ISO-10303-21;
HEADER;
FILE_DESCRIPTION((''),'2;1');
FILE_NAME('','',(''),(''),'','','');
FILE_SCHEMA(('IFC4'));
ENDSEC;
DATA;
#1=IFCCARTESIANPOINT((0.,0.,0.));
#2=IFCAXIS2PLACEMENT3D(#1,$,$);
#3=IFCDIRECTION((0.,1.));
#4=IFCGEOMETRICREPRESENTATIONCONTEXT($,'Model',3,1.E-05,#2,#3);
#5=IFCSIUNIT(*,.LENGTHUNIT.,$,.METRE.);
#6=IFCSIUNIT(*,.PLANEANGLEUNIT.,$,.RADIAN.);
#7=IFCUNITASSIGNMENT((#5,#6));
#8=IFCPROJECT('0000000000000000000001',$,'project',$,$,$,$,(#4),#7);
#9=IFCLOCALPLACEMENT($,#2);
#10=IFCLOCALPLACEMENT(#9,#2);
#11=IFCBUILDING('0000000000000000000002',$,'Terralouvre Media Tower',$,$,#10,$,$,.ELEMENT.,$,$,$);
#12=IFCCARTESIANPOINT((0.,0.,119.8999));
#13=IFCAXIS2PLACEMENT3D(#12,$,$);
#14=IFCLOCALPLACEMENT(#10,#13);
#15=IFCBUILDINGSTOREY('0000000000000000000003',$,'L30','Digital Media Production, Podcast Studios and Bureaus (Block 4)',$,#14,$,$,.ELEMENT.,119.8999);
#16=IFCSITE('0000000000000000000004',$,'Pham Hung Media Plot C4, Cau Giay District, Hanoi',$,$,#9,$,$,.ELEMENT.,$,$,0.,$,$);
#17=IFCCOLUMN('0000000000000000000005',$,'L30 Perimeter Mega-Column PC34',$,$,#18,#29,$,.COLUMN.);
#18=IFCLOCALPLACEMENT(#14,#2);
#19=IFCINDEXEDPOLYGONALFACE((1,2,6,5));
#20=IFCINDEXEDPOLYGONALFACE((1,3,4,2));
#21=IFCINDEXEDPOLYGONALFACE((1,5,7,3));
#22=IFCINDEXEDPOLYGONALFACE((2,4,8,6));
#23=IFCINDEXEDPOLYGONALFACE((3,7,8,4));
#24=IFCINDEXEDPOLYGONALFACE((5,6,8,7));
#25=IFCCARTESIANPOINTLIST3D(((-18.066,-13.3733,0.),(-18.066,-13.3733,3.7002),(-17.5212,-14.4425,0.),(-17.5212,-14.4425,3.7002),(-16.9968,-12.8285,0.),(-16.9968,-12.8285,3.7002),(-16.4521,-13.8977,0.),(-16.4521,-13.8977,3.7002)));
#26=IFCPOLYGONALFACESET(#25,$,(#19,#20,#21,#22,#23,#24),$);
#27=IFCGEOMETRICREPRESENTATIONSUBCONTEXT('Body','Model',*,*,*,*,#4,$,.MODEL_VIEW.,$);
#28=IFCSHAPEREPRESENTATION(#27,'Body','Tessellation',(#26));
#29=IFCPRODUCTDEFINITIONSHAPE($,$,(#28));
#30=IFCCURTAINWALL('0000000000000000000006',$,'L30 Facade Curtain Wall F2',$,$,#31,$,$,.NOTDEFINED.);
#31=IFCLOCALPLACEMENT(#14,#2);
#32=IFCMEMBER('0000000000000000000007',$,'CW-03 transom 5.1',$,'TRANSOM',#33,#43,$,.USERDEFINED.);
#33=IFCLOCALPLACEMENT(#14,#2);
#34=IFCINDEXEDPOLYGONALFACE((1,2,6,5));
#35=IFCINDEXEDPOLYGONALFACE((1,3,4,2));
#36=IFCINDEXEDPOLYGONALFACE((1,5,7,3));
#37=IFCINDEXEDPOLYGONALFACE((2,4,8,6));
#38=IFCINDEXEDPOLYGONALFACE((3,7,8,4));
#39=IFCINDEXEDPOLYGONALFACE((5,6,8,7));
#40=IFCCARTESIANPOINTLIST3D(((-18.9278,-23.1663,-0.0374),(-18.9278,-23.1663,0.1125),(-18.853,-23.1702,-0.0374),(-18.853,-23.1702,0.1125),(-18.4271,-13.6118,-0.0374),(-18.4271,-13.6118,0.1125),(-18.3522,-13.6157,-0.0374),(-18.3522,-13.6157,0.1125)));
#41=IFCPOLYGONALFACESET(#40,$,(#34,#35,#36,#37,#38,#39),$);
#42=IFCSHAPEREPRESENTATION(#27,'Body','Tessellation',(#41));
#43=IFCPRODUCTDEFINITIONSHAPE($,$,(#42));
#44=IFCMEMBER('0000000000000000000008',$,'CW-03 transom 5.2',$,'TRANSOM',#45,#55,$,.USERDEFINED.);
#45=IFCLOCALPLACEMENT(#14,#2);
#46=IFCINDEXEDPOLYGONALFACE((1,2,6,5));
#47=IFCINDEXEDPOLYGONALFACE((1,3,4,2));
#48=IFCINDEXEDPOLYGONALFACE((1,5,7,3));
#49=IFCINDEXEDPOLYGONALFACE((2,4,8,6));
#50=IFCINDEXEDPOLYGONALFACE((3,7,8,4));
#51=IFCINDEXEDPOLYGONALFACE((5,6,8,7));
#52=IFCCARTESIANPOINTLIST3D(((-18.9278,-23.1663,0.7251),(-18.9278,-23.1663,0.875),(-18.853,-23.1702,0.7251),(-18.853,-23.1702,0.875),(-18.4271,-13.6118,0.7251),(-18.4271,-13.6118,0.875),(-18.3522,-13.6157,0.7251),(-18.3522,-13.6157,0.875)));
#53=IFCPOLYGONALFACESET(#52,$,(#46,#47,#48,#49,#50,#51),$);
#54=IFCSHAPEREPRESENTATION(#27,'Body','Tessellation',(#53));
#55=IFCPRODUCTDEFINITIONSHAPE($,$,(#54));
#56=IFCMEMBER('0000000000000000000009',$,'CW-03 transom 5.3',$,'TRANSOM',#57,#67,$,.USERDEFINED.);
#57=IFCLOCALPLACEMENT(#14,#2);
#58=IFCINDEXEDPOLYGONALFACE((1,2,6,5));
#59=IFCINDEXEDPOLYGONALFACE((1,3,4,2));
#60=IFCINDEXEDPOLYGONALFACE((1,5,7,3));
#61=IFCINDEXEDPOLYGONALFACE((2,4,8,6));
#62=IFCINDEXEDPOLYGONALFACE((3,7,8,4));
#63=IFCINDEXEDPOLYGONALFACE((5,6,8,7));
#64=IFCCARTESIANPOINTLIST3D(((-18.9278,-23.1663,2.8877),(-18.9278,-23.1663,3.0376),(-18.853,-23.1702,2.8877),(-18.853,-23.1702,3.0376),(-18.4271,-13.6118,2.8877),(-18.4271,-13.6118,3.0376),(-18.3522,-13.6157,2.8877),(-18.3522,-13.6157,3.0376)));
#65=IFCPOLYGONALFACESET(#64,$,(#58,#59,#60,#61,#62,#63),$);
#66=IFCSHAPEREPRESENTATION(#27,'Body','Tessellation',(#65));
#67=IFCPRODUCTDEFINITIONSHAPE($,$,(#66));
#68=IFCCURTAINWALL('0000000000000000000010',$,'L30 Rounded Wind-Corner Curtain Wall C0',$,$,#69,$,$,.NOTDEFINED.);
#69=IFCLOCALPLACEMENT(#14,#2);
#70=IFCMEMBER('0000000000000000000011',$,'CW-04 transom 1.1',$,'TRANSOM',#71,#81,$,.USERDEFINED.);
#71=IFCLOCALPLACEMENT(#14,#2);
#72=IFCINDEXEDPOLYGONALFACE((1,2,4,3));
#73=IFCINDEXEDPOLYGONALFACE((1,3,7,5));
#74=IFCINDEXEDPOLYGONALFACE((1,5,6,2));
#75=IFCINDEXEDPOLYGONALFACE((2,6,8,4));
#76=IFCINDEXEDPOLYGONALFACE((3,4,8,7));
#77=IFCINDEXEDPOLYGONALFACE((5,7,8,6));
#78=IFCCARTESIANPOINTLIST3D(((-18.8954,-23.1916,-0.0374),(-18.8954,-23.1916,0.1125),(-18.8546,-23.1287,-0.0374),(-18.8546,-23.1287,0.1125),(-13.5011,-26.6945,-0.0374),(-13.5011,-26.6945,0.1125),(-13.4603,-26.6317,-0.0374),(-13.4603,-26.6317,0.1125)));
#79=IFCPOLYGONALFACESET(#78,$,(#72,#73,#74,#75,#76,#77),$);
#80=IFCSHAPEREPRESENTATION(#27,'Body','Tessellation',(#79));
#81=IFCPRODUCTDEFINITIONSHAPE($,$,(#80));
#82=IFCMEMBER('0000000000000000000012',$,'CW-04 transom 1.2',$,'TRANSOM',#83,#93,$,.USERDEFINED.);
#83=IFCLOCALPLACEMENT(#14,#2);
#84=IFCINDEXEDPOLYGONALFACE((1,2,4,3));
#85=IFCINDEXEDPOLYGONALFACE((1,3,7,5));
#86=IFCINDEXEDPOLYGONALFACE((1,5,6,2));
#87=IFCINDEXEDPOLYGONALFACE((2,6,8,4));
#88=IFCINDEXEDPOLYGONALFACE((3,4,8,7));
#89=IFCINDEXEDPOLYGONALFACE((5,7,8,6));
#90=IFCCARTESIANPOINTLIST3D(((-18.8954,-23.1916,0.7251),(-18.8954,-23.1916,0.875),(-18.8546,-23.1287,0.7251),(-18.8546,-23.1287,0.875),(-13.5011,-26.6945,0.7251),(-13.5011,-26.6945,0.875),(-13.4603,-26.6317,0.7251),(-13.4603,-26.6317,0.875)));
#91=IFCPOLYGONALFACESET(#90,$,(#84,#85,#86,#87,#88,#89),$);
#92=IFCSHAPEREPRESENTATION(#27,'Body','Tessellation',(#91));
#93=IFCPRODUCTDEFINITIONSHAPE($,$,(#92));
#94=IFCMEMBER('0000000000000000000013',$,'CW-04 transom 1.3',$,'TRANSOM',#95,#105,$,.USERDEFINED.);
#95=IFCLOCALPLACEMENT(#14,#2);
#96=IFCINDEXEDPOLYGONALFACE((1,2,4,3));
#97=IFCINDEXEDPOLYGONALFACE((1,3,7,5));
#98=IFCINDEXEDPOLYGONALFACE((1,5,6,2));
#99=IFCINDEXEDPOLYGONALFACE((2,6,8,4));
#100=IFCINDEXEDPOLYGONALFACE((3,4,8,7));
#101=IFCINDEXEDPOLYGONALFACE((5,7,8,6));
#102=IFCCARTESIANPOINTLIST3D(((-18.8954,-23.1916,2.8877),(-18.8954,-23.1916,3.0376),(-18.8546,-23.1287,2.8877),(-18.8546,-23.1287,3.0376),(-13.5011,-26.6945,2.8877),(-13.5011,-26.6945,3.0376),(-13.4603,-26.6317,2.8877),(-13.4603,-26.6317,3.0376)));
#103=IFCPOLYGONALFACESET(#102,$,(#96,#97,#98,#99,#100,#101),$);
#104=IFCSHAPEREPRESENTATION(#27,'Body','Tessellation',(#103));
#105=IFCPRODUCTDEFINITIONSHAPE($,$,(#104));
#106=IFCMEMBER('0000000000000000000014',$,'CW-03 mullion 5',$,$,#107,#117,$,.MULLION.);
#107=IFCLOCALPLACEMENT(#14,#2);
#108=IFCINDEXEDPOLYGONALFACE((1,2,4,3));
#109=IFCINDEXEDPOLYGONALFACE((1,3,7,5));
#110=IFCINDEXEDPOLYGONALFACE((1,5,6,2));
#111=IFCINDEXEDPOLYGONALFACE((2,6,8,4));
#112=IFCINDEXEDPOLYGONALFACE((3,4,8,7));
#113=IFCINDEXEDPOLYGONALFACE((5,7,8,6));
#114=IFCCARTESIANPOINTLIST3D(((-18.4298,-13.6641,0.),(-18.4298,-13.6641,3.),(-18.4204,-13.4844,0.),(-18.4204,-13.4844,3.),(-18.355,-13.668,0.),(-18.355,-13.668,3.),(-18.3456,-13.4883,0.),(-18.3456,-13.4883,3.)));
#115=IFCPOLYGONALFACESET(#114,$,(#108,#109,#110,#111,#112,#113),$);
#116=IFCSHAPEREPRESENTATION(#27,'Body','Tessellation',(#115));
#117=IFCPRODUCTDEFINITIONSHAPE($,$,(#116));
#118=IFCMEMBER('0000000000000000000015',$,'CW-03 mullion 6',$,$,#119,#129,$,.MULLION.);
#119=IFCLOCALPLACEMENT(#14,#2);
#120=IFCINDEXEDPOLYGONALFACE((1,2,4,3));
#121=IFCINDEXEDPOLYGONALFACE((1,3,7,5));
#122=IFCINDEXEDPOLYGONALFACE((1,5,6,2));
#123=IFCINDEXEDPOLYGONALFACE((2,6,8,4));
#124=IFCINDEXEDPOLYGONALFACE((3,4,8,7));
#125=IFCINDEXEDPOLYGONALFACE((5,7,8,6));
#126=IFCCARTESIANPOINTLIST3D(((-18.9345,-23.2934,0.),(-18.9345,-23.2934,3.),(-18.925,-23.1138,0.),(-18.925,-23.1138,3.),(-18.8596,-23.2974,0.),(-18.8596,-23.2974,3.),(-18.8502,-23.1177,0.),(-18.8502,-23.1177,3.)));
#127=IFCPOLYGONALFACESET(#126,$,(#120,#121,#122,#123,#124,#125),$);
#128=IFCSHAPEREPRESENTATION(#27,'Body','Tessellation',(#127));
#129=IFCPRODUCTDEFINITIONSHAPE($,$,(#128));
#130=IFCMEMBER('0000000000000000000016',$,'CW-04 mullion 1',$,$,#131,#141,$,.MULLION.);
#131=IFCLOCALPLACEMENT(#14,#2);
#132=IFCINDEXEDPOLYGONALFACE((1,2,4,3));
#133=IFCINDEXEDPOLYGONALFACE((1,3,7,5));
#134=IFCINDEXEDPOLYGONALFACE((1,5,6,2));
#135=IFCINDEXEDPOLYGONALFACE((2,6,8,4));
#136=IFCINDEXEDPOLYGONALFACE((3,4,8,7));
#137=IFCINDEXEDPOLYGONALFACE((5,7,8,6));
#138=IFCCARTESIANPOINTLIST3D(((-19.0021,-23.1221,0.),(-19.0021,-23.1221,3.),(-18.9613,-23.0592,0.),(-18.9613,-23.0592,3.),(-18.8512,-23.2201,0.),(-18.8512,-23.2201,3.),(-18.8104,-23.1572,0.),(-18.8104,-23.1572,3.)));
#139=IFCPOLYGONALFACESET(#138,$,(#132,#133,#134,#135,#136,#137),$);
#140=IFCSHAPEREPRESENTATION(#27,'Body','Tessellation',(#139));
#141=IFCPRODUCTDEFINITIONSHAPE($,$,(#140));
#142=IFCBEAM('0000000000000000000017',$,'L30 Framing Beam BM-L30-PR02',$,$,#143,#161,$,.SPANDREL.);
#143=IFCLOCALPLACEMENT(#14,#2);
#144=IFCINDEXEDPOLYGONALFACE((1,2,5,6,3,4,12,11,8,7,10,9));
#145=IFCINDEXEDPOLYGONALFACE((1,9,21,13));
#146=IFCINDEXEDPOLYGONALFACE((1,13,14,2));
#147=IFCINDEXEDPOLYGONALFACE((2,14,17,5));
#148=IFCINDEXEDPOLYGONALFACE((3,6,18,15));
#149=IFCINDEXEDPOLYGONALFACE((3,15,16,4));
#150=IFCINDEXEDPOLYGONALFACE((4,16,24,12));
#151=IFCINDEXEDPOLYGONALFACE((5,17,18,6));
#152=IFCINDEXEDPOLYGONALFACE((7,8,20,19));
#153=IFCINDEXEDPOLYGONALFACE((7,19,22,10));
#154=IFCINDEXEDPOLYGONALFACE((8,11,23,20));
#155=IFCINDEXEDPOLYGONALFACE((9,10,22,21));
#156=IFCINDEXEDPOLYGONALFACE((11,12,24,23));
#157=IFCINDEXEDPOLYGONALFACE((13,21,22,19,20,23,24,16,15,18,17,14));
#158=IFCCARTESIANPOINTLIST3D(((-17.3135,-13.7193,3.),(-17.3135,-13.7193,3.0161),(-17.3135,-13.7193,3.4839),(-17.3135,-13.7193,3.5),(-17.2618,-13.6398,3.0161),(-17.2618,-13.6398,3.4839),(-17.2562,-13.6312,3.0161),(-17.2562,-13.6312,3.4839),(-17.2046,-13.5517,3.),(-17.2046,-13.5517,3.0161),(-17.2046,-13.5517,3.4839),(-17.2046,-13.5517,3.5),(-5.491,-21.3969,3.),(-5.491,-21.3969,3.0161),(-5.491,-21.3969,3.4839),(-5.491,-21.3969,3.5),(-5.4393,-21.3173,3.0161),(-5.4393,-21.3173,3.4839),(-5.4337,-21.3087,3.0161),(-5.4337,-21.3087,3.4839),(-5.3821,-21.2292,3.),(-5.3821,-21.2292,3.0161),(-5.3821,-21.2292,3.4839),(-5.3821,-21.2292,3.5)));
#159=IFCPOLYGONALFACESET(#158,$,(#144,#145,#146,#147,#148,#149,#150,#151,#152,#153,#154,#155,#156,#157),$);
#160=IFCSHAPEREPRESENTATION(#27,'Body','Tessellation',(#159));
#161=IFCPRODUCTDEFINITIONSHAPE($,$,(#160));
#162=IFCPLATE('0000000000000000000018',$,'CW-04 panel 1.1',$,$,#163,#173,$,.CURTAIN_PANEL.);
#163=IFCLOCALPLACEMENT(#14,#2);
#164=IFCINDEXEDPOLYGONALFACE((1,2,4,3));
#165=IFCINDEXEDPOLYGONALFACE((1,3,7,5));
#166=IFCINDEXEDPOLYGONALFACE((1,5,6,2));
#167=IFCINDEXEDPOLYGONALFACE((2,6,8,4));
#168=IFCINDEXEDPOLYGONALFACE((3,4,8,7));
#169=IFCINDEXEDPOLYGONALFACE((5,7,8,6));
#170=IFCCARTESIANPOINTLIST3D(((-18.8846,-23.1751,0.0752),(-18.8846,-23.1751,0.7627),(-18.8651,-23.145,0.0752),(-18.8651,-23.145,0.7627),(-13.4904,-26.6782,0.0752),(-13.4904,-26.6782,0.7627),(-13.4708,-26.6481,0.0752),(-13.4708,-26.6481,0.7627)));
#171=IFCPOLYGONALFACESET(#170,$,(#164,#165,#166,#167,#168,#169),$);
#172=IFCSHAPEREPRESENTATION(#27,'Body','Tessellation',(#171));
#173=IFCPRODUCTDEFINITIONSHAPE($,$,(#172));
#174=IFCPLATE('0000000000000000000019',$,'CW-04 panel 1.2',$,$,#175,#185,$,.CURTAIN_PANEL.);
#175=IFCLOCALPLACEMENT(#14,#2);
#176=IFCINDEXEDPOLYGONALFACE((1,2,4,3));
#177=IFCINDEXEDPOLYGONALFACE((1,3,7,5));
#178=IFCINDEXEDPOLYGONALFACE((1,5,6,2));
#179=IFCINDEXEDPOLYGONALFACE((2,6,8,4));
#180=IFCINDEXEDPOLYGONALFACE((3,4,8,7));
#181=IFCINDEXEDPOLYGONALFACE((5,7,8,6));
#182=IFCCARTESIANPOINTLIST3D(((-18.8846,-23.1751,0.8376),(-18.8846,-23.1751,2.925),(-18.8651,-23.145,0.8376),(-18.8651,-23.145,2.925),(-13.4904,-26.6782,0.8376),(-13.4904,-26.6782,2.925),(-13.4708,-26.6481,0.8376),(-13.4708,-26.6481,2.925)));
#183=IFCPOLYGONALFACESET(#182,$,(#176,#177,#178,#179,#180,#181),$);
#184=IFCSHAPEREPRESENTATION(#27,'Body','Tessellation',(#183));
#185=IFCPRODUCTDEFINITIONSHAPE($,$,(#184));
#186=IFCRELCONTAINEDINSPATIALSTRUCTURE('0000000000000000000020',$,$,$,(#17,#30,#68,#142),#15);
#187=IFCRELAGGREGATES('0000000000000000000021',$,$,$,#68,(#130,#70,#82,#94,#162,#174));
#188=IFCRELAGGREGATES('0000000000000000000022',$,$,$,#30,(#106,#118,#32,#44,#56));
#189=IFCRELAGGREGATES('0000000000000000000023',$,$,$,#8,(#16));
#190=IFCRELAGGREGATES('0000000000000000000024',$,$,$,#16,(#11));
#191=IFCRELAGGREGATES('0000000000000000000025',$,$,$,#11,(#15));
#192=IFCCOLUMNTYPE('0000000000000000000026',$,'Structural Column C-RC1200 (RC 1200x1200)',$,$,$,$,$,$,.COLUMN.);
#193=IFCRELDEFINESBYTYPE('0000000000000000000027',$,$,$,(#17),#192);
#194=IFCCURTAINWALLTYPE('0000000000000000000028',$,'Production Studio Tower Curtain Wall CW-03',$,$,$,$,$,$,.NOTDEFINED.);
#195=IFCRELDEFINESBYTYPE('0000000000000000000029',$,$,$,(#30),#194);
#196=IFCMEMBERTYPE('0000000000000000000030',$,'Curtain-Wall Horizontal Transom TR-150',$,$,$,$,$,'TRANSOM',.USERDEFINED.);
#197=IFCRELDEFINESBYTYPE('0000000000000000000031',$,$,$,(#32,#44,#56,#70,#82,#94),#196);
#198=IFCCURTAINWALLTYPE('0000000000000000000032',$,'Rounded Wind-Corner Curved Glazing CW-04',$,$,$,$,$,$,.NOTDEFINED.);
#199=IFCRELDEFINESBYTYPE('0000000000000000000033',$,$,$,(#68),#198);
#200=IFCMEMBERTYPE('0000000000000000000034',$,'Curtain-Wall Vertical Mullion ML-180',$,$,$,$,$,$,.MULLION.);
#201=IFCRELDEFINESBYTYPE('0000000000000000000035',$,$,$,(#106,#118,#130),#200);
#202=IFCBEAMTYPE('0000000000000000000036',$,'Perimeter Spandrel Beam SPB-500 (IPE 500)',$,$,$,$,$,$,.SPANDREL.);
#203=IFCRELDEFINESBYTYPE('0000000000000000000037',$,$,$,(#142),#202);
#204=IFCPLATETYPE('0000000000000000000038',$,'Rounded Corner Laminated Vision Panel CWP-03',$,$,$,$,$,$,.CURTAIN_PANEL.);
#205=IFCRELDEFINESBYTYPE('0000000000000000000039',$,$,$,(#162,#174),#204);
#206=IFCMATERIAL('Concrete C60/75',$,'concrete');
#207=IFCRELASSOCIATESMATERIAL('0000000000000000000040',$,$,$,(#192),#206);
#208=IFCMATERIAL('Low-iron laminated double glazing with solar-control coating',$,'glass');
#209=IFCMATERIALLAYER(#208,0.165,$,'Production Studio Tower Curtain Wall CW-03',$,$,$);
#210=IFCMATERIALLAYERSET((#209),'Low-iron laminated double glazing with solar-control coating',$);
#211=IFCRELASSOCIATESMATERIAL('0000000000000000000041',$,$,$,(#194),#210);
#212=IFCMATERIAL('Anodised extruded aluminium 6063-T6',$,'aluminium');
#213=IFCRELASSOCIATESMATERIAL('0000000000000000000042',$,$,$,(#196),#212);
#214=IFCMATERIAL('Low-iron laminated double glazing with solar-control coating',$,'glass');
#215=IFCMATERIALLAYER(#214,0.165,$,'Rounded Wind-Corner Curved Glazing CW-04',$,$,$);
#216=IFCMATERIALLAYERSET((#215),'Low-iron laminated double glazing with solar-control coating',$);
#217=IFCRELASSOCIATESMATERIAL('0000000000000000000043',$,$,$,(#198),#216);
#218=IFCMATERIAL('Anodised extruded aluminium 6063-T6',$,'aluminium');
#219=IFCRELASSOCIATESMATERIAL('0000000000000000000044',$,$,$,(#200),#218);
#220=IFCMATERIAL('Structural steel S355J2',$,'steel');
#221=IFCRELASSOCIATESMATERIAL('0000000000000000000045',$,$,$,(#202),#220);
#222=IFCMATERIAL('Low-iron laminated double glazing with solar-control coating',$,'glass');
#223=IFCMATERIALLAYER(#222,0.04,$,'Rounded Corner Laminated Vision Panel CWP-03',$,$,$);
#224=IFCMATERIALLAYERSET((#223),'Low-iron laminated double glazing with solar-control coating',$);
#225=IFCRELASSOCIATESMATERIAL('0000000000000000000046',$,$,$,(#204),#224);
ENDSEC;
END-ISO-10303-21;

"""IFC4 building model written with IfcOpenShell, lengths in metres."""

from ifc_helpers import new_model, si_unit, direction, frame, origin, origin_2d, place, context, subcontext, project, spatial, rectangle, i_section, extrude, material, layer, layer_set, material_profile, profile_set, type_object, element, aggregate, save


model = new_model("IFC4")

# Units and contexts
model_context = context("Model", 3, precision=1e-05, world=origin(), true_north=direction((0.0, 1.0)))
body_context = subcontext(model_context, "Body", "Model", "MODEL_VIEW")
ifc_project = project(units=[si_unit("LENGTHUNIT", "METRE"), si_unit("PLANEANGLEUNIT", "RADIAN")], contexts=[model_context])

# Site, building, storey
site_placement = place(None, origin())
site = spatial("IfcSite", under=ifc_project, at=site_placement, Name="Pham Hung Media Plot C4, Cau Giay District, Hanoi", CompositionType="ELEMENT", RefElevation=0.0)
building_placement = place(site_placement, origin())
building = spatial("IfcBuilding", under=site, at=building_placement, Name="Terralouvre Media Tower", CompositionType="ELEMENT")
storey_placement = place(building_placement, frame((0.0, 0.0, 119.8999)))
storey = spatial("IfcBuildingStorey", under=building, at=storey_placement, Name="L30", Description="Digital Media Production, Podcast Studios and Bureaus (Block 4)", CompositionType="ELEMENT", Elevation=119.8999)

# Column
ifc_material_1 = material(Name="Concrete C60/75", Category="concrete")
ifc_material_profile_1 = material_profile(ifc_material_1, rectangle(XDim=1.2, YDim=1.2, at=origin_2d()), Name="RC 1200x1200")
ifc_profile_set_1 = profile_set([ifc_material_profile_1], Name="Concrete C60/75")
column_type = type_object("IfcColumnType", Name="Structural Column C-RC1200 (RC 1200x1200)", PredefinedType="COLUMN", material=ifc_profile_set_1)
column_placement = place(storey_placement, frame((-17.259, -13.6355, 0.0), z_axis=(0.0, 0.0, 1.0), x_axis=(0.891007, 0.45399, 0.0)))
element("IfcColumn", 1, at=column_placement, inside=storey, type_object=column_type, Name="L30 Perimeter Mega-Column PC34", PredefinedType="COLUMN", context=body_context, shape_type="SweptSolid", body=[
    extrude(rectangle(XDim=1.2, YDim=1.2, at=origin_2d()), origin(), (0.0, 0.0, 1.0), 3.7002),
])

# Curtain walls, members
ifc_material_2 = material(Name="Low-iron laminated double glazing with solar-control coating", Category="glass")
ifc_layer_1 = layer(ifc_material_2, 0.165, Name="Production Studio Tower Curtain Wall CW-03")
ifc_layer_set_1 = layer_set([ifc_layer_1], Name="Low-iron laminated double glazing with solar-control coating")
curtain_wall_type_1 = type_object("IfcCurtainWallType", Name="Production Studio Tower Curtain Wall CW-03", PredefinedType="NOTDEFINED", material=ifc_layer_set_1)
curtain_wall_1_placement = place(storey_placement, origin())
curtain_wall_1 = element("IfcCurtainWall", 2, at=curtain_wall_1_placement, inside=storey, type_object=curtain_wall_type_1, Name="L30 Facade Curtain Wall F2", PredefinedType="NOTDEFINED")
ifc_material_3 = material(Name="Anodised extruded aluminium 6063-T6", Category="aluminium")
ifc_material_profile_2 = material_profile(ifc_material_3, rectangle(XDim=0.075, YDim=0.1499, at=origin_2d()), Name="ALU 75x150")
ifc_profile_set_2 = profile_set([ifc_material_profile_2], Name="Anodised extruded aluminium 6063-T6")
member_type_1 = type_object("IfcMemberType", Name="Curtain-Wall Horizontal Transom TR-150", ElementType="TRANSOM", PredefinedType="USERDEFINED", material=ifc_profile_set_2)
member_1_placement = place(storey_placement, frame((-18.3896, -13.6138, 0.0376), z_axis=(-0.052337, -0.99863, 0.0), x_axis=(0.99863, -0.052337, 0.0)))
member_1 = element("IfcMember", 3, at=member_1_placement, type_object=member_type_1, Name="CW-03 transom 5.1", ObjectType="TRANSOM", PredefinedType="USERDEFINED", context=body_context, shape_type="SweptSolid", body=[
    extrude(rectangle(XDim=0.075, YDim=0.1499, at=origin_2d()), origin(), (0.0, 0.0, 1.0), 9.5676),
])
member_2_placement = place(storey_placement, frame((-18.3896, -13.6138, 0.8), z_axis=(-0.052337, -0.99863, 0.0), x_axis=(0.99863, -0.052337, 0.0)))
member_2 = element("IfcMember", 4, at=member_2_placement, type_object=member_type_1, Name="CW-03 transom 5.2", ObjectType="TRANSOM", PredefinedType="USERDEFINED", context=body_context, shape_type="SweptSolid", body=[
    extrude(rectangle(XDim=0.075, YDim=0.1499, at=origin_2d()), origin(), (0.0, 0.0, 1.0), 9.5676),
])
member_3_placement = place(storey_placement, frame((-18.3896, -13.6138, 2.9626), z_axis=(-0.052337, -0.99863, 0.0), x_axis=(0.99863, -0.052337, 0.0)))
member_3 = element("IfcMember", 5, at=member_3_placement, type_object=member_type_1, Name="CW-03 transom 5.3", ObjectType="TRANSOM", PredefinedType="USERDEFINED", context=body_context, shape_type="SweptSolid", body=[
    extrude(rectangle(XDim=0.075, YDim=0.1499, at=origin_2d()), origin(), (0.0, 0.0, 1.0), 9.5676),
])
ifc_material_4 = material(Name="Low-iron laminated double glazing with solar-control coating", Category="glass")
ifc_layer_2 = layer(ifc_material_4, 0.165, Name="Rounded Wind-Corner Curved Glazing CW-04")
ifc_layer_set_2 = layer_set([ifc_layer_2], Name="Low-iron laminated double glazing with solar-control coating")
curtain_wall_type_2 = type_object("IfcCurtainWallType", Name="Rounded Wind-Corner Curved Glazing CW-04", PredefinedType="NOTDEFINED", material=ifc_layer_set_2)
curtain_wall_2_placement = place(storey_placement, origin())
curtain_wall_2 = element("IfcCurtainWall", 6, at=curtain_wall_2_placement, inside=storey, type_object=curtain_wall_type_2, Name="L30 Rounded Wind-Corner Curtain Wall C0", PredefinedType="NOTDEFINED")
member_4_placement = place(storey_placement, frame((-18.875, -23.1602, 0.0376), z_axis=(0.838682, -0.544621, 0.0), x_axis=(0.544621, 0.838682, 0.0)))
member_4 = element("IfcMember", 7, at=member_4_placement, type_object=member_type_1, Name="CW-04 transom 1.1", ObjectType="TRANSOM", PredefinedType="USERDEFINED", context=body_context, shape_type="SweptSolid", body=[
    extrude(rectangle(XDim=0.075, YDim=0.1499, at=origin_2d()), origin(), (0.0, 0.0, 1.0), 6.4319),
])
member_5_placement = place(storey_placement, frame((-18.875, -23.1602, 0.8), z_axis=(0.838682, -0.544621, 0.0), x_axis=(0.544621, 0.838682, 0.0)))
member_5 = element("IfcMember", 8, at=member_5_placement, type_object=member_type_1, Name="CW-04 transom 1.2", ObjectType="TRANSOM", PredefinedType="USERDEFINED", context=body_context, shape_type="SweptSolid", body=[
    extrude(rectangle(XDim=0.075, YDim=0.1499, at=origin_2d()), origin(), (0.0, 0.0, 1.0), 6.4319),
])
member_6_placement = place(storey_placement, frame((-18.875, -23.1602, 2.9626), z_axis=(0.838682, -0.544621, 0.0), x_axis=(0.544621, 0.838682, 0.0)))
member_6 = element("IfcMember", 9, at=member_6_placement, type_object=member_type_1, Name="CW-04 transom 1.3", ObjectType="TRANSOM", PredefinedType="USERDEFINED", context=body_context, shape_type="SweptSolid", body=[
    extrude(rectangle(XDim=0.075, YDim=0.1499, at=origin_2d()), origin(), (0.0, 0.0, 1.0), 6.4319),
])

# Members
ifc_material_5 = material(Name="Anodised extruded aluminium 6063-T6", Category="aluminium")
ifc_material_profile_3 = material_profile(ifc_material_5, rectangle(XDim=0.075, YDim=0.1799, at=origin_2d()), Name="ALU 75x180")
ifc_profile_set_3 = profile_set([ifc_material_profile_3], Name="Anodised extruded aluminium 6063-T6")
member_type_2 = type_object("IfcMemberType", Name="Curtain-Wall Vertical Mullion ML-180", PredefinedType="MULLION", material=ifc_profile_set_3)
member_7_placement = place(storey_placement, frame((-18.3877, -13.5762, 0.0), z_axis=(0.0, 0.0, 1.0), x_axis=(0.99863, -0.052336, 0.0)))
member_7 = element("IfcMember", 10, at=member_7_placement, type_object=member_type_2, Name="CW-03 mullion 5", PredefinedType="MULLION", context=body_context, shape_type="SweptSolid", body=[
    extrude(rectangle(XDim=0.075, YDim=0.1799, at=origin_2d()), origin(), (0.0, 0.0, 1.0), 3.0),
])
member_8_placement = place(storey_placement, frame((-18.8923, -23.2056, 0.0), z_axis=(0.0, 0.0, 1.0), x_axis=(0.99863, -0.052336, 0.0)))
member_8 = element("IfcMember", 11, at=member_8_placement, type_object=member_type_2, Name="CW-03 mullion 6", PredefinedType="MULLION", context=body_context, shape_type="SweptSolid", body=[
    extrude(rectangle(XDim=0.075, YDim=0.1799, at=origin_2d()), origin(), (0.0, 0.0, 1.0), 3.0),
])
member_9_placement = place(storey_placement, frame((-18.9062, -23.1396, 0.0), z_axis=(0.0, 0.0, 1.0), x_axis=(0.544639, 0.83867, 0.0)))
member_9 = element("IfcMember", 12, at=member_9_placement, type_object=member_type_2, Name="CW-04 mullion 1", PredefinedType="MULLION", context=body_context, shape_type="SweptSolid", body=[
    extrude(rectangle(XDim=0.075, YDim=0.1799, at=origin_2d()), origin(), (0.0, 0.0, 1.0), 3.0),
])

# Beam
ifc_material_6 = material(Name="Structural steel S355J2", Category="steel")
ifc_material_profile_4 = material_profile(ifc_material_6, i_section(OverallWidth=0.2, OverallDepth=0.5, WebThickness=0.0103, FlangeThickness=0.0161, at=origin_2d()), Name="IPE 500")
ifc_profile_set_4 = profile_set([ifc_material_profile_4], Name="Structural steel S355J2")
beam_type = type_object("IfcBeamType", Name="Perimeter Spandrel Beam SPB-500 (IPE 500)", PredefinedType="SPANDREL", material=ifc_profile_set_4)
beam_placement = place(storey_placement, frame((-17.259, -13.6355, 3.25), z_axis=(0.838675, -0.544632, 0.0), x_axis=(0.544632, 0.838675, 0.0)))
element("IfcBeam", 13, at=beam_placement, inside=storey, type_object=beam_type, Name="L30 Framing Beam BM-L30-PR02", PredefinedType="SPANDREL", context=body_context, shape_type="SweptSolid", body=[
    extrude(i_section(OverallWidth=0.2, OverallDepth=0.5, WebThickness=0.0103, FlangeThickness=0.0161, at=origin_2d()), origin(), (0.0, 0.0, 1.0), 14.0967),
])

# Plates
ifc_material_7 = material(Name="Low-iron laminated double glazing with solar-control coating", Category="glass")
ifc_layer_3 = layer(ifc_material_7, 0.04, Name="Rounded Corner Laminated Vision Panel CWP-03")
ifc_layer_set_3 = layer_set([ifc_layer_3], Name="Low-iron laminated double glazing with solar-control coating")
plate_type_1 = type_object("IfcPlateType", Name="Rounded Corner Laminated Vision Panel CWP-03", PredefinedType="CURTAIN_PANEL", material=ifc_layer_set_3)
plate_1_placement = place(storey_placement, frame((-16.1777, -24.9116, 0.0752), z_axis=(0.0, 0.0, 1.0), x_axis=(0.83867, -0.544639, 0.0)))
plate_1 = element("IfcPlate", 14, at=plate_1_placement, type_object=plate_type_1, Name="CW-04 panel 1.1", PredefinedType="CURTAIN_PANEL", context=body_context, shape_type="SweptSolid", body=[
    extrude(rectangle(XDim=6.4319, YDim=0.0359, at=origin_2d()), origin(), (0.0, 0.0, 1.0), 0.6875),
])
plate_2_placement = place(storey_placement, frame((-16.1777, -24.9116, 0.8376), z_axis=(0.0, 0.0, 1.0), x_axis=(0.83867, -0.544639, 0.0)))
plate_2 = element("IfcPlate", 15, at=plate_2_placement, type_object=plate_type_1, Name="CW-04 panel 1.2", PredefinedType="CURTAIN_PANEL", context=body_context, shape_type="SweptSolid", body=[
    extrude(rectangle(XDim=6.4319, YDim=0.0359, at=origin_2d()), origin(), (0.0, 0.0, 1.0), 2.0874),
])
aggregate(curtain_wall_2, [member_9, member_4, member_5, member_6, plate_1, plate_2])
aggregate(curtain_wall_1, [member_7, member_8, member_1, member_2, member_3])

save(model, "model.ifc")
